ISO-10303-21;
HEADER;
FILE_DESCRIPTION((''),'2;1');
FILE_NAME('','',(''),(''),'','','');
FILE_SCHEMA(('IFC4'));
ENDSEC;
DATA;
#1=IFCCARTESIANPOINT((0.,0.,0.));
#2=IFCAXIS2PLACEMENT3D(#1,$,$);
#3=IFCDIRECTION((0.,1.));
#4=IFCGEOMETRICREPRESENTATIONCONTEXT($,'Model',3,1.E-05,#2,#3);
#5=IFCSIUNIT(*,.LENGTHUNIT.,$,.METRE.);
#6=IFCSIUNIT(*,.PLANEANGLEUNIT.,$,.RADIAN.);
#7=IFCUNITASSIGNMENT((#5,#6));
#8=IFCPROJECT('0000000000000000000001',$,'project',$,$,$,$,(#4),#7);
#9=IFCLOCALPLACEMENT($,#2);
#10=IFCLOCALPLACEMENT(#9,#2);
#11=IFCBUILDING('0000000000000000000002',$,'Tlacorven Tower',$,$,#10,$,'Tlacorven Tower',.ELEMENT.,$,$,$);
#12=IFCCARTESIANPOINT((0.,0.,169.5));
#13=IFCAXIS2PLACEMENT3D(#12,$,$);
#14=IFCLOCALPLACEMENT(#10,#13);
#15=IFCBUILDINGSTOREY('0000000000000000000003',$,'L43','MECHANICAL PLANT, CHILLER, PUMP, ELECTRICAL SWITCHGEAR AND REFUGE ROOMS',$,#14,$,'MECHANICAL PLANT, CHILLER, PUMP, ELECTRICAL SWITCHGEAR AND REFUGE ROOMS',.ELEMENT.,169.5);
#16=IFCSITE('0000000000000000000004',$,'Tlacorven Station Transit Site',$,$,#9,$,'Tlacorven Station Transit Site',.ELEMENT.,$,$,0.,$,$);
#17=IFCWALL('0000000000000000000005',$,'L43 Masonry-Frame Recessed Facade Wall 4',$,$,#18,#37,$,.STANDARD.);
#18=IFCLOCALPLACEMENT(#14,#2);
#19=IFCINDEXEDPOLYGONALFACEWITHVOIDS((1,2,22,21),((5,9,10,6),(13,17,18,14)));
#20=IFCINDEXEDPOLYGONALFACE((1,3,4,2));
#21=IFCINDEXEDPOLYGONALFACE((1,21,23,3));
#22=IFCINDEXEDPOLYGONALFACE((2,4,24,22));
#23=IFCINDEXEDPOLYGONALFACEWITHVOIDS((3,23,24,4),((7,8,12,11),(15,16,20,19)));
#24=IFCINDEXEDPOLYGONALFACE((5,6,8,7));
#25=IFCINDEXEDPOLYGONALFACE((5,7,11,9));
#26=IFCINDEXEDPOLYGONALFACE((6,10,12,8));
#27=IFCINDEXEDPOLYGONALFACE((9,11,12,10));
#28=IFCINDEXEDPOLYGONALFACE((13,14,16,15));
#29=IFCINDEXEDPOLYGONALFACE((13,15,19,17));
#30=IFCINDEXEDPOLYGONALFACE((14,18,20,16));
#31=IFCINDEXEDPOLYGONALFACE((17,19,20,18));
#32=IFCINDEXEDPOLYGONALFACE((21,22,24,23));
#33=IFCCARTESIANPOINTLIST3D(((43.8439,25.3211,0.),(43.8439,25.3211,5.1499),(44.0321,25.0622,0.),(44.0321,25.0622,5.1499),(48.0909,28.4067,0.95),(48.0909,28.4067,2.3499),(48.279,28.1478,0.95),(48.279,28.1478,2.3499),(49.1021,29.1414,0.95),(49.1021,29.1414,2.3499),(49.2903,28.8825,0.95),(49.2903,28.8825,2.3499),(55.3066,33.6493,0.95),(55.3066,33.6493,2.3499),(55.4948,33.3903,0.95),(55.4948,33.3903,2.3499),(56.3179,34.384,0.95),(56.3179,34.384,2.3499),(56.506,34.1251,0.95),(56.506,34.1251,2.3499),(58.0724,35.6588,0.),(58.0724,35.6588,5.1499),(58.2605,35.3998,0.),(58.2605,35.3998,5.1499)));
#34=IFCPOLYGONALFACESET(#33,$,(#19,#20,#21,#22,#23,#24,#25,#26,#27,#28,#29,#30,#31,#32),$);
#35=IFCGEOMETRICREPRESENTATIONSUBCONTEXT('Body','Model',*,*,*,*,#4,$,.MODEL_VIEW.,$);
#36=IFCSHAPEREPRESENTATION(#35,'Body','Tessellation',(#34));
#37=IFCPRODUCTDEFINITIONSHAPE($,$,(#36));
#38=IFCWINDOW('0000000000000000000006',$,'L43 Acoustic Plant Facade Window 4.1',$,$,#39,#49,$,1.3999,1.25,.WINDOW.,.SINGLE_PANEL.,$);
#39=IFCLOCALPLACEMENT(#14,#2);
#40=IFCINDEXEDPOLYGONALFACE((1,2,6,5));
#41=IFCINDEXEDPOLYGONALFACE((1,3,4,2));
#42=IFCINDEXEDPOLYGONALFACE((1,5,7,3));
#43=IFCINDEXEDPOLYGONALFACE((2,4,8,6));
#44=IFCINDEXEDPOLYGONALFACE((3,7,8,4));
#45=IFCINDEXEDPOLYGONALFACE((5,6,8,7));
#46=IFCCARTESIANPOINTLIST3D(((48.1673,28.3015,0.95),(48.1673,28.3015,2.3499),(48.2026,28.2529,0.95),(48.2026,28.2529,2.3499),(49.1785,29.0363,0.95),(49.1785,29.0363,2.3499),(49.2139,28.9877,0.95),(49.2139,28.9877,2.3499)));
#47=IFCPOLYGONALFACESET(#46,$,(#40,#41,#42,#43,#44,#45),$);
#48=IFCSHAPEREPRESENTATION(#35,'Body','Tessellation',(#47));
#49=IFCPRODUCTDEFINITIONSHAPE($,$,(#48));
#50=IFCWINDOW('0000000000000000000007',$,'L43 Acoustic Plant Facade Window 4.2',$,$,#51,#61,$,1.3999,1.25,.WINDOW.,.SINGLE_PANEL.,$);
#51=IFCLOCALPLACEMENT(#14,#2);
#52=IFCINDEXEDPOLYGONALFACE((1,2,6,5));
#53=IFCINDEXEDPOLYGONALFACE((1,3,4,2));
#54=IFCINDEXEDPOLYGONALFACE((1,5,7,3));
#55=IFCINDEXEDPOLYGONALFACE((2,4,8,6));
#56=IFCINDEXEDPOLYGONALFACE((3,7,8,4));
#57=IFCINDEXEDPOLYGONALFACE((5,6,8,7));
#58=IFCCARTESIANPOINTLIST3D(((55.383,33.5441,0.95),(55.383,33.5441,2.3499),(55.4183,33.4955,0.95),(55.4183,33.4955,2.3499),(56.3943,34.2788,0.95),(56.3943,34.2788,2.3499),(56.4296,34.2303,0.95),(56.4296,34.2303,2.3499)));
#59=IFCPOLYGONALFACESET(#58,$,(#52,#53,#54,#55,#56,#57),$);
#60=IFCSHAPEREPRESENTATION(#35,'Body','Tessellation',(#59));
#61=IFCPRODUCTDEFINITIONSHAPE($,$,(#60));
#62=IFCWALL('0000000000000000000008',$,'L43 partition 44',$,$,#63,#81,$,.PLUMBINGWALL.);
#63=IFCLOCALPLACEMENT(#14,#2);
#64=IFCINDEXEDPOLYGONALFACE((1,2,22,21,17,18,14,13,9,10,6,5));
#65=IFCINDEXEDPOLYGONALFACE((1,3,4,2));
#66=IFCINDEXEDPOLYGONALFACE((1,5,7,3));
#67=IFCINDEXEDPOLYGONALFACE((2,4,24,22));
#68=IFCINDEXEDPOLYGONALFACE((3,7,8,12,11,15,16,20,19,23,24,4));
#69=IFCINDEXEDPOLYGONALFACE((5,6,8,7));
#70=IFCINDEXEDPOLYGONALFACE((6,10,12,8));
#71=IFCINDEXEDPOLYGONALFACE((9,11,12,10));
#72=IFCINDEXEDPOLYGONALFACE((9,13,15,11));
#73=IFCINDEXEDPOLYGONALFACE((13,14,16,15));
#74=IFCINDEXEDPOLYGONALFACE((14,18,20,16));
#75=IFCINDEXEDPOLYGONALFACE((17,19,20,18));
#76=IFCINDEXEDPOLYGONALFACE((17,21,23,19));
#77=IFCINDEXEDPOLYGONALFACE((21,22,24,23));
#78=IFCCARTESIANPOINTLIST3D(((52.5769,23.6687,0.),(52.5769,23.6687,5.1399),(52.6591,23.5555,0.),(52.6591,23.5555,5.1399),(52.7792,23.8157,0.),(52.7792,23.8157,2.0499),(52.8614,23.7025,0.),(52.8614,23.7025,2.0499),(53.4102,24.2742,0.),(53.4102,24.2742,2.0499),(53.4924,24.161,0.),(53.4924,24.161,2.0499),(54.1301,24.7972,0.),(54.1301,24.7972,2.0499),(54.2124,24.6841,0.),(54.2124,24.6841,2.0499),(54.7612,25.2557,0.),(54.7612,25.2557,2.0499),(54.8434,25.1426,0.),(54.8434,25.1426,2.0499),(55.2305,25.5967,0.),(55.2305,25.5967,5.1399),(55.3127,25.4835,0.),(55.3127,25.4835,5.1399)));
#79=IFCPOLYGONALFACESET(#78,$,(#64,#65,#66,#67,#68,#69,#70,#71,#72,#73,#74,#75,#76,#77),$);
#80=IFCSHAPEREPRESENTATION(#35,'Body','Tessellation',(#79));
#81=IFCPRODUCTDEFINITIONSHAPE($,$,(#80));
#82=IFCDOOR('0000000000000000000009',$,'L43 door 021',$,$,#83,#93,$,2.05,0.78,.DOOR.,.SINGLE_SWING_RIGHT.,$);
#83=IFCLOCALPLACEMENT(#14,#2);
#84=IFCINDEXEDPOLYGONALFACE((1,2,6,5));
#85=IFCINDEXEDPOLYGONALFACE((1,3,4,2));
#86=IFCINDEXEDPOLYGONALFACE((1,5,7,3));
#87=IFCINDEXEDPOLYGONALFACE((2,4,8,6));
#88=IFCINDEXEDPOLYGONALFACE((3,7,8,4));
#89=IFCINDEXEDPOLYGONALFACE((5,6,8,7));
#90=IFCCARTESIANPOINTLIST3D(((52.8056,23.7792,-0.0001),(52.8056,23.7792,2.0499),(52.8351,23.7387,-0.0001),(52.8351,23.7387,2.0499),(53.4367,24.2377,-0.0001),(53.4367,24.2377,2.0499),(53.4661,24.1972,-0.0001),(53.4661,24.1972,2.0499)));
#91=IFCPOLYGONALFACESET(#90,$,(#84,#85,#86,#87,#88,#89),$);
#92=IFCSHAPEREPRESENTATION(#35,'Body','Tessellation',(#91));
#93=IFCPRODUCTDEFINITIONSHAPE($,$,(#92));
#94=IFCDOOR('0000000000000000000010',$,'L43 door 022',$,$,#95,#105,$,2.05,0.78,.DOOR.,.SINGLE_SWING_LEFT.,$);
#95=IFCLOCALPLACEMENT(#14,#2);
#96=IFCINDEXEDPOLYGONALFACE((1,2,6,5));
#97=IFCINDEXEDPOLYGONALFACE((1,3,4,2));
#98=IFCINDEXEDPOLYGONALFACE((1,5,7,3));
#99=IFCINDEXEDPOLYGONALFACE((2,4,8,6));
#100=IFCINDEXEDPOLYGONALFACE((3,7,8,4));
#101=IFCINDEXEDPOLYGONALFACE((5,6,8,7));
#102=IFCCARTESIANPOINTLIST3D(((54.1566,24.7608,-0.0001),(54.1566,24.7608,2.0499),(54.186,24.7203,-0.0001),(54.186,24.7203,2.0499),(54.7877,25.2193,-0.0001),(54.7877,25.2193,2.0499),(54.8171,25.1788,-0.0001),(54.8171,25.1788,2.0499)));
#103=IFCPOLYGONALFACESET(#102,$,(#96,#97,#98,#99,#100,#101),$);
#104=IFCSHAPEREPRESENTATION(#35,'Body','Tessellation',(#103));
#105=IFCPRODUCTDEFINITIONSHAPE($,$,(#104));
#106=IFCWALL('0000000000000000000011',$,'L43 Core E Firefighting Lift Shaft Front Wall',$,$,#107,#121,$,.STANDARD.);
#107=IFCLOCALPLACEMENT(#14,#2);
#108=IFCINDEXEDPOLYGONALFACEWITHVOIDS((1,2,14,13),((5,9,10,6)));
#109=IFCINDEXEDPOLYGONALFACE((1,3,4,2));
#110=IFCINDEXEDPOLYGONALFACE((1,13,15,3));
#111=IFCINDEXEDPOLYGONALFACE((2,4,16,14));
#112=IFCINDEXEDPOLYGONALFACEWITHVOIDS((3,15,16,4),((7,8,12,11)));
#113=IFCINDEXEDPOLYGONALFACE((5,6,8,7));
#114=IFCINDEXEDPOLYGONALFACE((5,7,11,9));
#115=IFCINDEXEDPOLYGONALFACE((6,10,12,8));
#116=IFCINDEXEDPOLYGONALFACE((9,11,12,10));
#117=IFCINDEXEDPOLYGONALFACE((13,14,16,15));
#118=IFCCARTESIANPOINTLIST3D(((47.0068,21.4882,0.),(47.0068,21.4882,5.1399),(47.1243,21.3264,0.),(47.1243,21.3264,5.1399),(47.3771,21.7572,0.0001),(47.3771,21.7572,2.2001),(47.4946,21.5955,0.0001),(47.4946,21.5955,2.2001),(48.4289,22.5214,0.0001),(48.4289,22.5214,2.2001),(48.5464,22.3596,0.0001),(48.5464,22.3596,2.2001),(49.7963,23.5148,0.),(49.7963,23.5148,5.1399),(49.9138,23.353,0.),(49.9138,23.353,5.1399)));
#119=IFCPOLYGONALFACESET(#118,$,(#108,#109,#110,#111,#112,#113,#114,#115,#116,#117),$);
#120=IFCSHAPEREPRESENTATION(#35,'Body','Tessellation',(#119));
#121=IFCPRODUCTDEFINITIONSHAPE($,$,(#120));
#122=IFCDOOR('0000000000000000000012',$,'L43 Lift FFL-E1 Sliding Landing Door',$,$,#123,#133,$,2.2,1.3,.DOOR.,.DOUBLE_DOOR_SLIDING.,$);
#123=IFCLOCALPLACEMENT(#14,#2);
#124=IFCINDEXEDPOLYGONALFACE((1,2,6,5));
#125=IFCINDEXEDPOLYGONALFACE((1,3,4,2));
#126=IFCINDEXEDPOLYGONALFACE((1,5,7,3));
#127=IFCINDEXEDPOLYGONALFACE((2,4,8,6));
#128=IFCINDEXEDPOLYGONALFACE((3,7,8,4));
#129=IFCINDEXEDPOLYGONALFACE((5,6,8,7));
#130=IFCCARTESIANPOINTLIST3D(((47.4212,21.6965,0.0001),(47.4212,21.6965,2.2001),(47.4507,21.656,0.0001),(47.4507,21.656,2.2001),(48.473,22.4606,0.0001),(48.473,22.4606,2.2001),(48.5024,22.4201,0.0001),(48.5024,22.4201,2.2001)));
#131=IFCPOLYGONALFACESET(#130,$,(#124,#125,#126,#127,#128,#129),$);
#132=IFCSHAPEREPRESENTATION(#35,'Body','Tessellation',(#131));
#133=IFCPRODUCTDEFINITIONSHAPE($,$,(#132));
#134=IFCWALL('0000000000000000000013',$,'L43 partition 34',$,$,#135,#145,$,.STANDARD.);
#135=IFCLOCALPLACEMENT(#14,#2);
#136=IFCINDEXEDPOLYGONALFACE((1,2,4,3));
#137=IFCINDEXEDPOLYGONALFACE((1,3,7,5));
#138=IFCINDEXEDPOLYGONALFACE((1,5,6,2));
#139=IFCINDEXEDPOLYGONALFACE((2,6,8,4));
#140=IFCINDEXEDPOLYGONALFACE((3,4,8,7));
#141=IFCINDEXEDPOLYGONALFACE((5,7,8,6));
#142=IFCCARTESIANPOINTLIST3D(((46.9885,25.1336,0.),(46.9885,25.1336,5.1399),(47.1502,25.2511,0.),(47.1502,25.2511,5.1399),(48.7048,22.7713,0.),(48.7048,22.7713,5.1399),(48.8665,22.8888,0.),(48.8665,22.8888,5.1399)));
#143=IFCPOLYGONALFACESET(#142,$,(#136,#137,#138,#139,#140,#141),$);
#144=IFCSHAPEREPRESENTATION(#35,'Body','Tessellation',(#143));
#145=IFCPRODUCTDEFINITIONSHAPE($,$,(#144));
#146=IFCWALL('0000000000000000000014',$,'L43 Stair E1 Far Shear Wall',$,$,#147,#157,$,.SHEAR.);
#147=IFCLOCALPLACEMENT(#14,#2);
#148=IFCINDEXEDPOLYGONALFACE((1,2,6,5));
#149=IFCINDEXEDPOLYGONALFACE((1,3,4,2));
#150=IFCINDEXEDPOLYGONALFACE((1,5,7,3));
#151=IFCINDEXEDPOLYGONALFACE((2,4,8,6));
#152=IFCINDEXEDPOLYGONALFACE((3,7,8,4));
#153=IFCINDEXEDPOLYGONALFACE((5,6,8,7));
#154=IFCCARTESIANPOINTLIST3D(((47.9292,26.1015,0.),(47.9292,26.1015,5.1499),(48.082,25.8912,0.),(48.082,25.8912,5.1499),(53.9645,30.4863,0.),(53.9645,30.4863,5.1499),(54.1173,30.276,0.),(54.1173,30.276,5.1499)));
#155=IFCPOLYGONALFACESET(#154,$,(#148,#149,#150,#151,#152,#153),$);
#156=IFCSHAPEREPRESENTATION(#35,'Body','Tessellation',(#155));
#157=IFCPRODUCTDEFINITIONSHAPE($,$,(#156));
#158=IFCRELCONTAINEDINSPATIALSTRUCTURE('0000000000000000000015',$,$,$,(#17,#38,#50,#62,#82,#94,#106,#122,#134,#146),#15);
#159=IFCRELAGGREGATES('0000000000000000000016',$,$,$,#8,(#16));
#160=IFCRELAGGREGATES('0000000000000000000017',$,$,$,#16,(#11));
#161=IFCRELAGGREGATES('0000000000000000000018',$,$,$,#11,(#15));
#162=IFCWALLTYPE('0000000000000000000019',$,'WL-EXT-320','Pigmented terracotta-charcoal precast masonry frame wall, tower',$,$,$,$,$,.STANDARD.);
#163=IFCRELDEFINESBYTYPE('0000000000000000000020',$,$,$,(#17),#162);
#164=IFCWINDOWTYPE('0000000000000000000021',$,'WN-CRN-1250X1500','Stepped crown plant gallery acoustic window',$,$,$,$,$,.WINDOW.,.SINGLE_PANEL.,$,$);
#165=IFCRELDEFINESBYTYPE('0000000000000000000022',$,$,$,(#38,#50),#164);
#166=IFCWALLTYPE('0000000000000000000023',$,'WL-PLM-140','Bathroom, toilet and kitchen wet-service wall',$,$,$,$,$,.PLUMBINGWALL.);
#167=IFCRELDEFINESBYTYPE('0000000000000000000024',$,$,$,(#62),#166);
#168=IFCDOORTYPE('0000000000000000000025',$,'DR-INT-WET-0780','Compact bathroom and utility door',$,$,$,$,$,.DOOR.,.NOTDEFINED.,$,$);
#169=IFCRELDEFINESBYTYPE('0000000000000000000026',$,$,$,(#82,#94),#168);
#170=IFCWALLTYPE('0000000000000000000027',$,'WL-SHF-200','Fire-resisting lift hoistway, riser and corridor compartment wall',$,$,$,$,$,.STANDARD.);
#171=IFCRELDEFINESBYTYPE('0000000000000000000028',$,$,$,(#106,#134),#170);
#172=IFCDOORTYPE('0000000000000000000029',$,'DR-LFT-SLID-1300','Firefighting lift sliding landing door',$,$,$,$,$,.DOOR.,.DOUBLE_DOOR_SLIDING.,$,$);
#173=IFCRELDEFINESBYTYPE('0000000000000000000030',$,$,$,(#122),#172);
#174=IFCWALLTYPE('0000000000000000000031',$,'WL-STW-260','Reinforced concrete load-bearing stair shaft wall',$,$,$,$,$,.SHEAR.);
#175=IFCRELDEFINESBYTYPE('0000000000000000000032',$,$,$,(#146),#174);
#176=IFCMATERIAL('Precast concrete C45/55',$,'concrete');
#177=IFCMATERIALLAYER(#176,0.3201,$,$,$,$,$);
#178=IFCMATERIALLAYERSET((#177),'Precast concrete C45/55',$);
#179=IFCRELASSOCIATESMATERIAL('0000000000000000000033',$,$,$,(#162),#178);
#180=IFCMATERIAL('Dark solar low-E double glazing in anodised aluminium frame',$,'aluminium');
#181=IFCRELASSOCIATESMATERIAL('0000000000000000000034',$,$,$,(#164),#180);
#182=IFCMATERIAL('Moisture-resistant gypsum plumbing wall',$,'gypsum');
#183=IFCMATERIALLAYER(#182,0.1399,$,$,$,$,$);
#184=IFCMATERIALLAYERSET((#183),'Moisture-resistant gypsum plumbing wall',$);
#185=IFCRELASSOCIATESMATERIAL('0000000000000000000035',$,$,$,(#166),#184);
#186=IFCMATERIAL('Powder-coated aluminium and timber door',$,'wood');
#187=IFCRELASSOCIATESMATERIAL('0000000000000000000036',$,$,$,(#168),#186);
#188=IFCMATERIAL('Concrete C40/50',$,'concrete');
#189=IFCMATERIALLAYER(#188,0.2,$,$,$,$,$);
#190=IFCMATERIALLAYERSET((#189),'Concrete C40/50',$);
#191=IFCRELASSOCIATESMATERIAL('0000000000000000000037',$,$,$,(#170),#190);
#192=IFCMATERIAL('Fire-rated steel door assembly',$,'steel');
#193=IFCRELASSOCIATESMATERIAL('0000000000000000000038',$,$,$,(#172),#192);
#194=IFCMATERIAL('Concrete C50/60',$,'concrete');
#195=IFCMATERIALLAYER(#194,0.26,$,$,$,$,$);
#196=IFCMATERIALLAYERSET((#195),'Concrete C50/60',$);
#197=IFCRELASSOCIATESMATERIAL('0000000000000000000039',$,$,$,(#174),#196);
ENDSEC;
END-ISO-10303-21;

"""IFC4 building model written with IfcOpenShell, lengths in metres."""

from ifc_helpers import new_model, si_unit, direction, frame, frame_2d, origin, place, context, subcontext, project, spatial, rectangle, extrude, source, transform, mapped, material, layer, layer_set, type_object, element, fill, save


model = new_model("IFC4")

# Units and contexts
model_context = context("Model", 3, precision=1e-05, world=origin(), true_north=direction((0.0, 1.0)))
body_context = subcontext(model_context, "Body", "Model", "MODEL_VIEW")
ifc_project = project(units=[si_unit("LENGTHUNIT", "METRE"), si_unit("PLANEANGLEUNIT", "RADIAN")], contexts=[model_context])

# Site, building, storey
site_placement = place(None, origin())
site = spatial("IfcSite", under=ifc_project, at=site_placement, Name="Tlacorven Station Transit Site", LongName="Tlacorven Station Transit Site", CompositionType="ELEMENT", RefElevation=0.0)
building_placement = place(site_placement, origin())
building = spatial("IfcBuilding", under=site, at=building_placement, Name="Tlacorven Tower", LongName="Tlacorven Tower", CompositionType="ELEMENT")
storey_placement = place(building_placement, frame((0.0, 0.0, 169.5)))
storey = spatial("IfcBuildingStorey", under=building, at=storey_placement, Name="L43", Description="MECHANICAL PLANT, CHILLER, PUMP, ELECTRICAL SWITCHGEAR AND REFUGE ROOMS", LongName="MECHANICAL PLANT, CHILLER, PUMP, ELECTRICAL SWITCHGEAR AND REFUGE ROOMS", CompositionType="ELEMENT", Elevation=169.5)

# Wall, openings, windows
ifc_material_1 = material(Name="Precast concrete C45/55", Category="concrete")
ifc_layer_1 = layer(ifc_material_1, 0.3201)
ifc_layer_set_1 = layer_set([ifc_layer_1], Name="Precast concrete C45/55")
wall_type_1 = type_object("IfcWallType", Name="WL-EXT-320", Description="Pigmented terracotta-charcoal precast masonry frame wall, tower", PredefinedType="STANDARD", material=ifc_layer_set_1)
wall_1_placement = place(storey_placement, frame((43.938, 25.1917, 0.0), z_axis=(0.0, 0.0, 1.0), x_axis=(0.809016, 0.587786, 0.0)))
wall_1 = element("IfcWall", 1, at=wall_1_placement, inside=storey, type_object=wall_type_1, Name="L43 Masonry-Frame Recessed Facade Wall 4", PredefinedType="STANDARD", context=body_context, shape_type="SweptSolid", body=[
    extrude(rectangle(XDim=17.5874, YDim=0.3201, at=frame_2d((8.7937, 0.0))), origin(), (0.0, 0.0, 1.0), 5.1499),
])
opening_1_placement = place(wall_1_placement, frame((5.2495, 0.0, 0.95)))
opening_1 = element("IfcOpeningElement", 2, at=opening_1_placement, cuts=wall_1, PredefinedType="OPENING", context=body_context, shape_type="SweptSolid", body=[
    extrude(rectangle(XDim=1.25, YDim=1.3999, at=frame_2d((0.625, 0.7))), frame((0.0, 0.1699, 0.0), z_axis=(0.0, -1.0, 0.0), x_axis=(1.0, 0.0, 0.0)), (0.0, 0.0, 1.0), 0.3401),
])
opening_2_placement = place(wall_1_placement, frame((14.1687, 0.0, 0.95)))
opening_2 = element("IfcOpeningElement", 3, at=opening_2_placement, cuts=wall_1, PredefinedType="OPENING", context=body_context, shape_type="SweptSolid", body=[
    extrude(rectangle(XDim=1.25, YDim=1.3999, at=frame_2d((0.625, 0.7))), frame((0.0, 0.1699, 0.0), z_axis=(0.0, -1.0, 0.0), x_axis=(1.0, 0.0, 0.0)), (0.0, 0.0, 1.0), 0.3401),
])
ifc_material_2 = material(Name="Dark solar low-E double glazing in anodised aluminium frame", Category="aluminium")
window_type = type_object("IfcWindowType", Name="WN-CRN-1250X1500", Description="Stepped crown plant gallery acoustic window", PartitioningType="SINGLE_PANEL", PredefinedType="WINDOW", material=ifc_material_2)
shared_shape_1 = source(origin(), body_context, "Body", "SweptSolid", [
    extrude(rectangle(XDim=1.25, YDim=1.3999, at=frame_2d((0.625, 0.7))), frame((0.0, 0.03, 0.0), z_axis=(0.0, -1.0, 0.0), x_axis=(1.0, 0.0, 0.0)), (0.0, 0.0, 1.0), 0.0601),
])
window_1_placement = place(opening_1_placement, origin())
window_1 = element("IfcWindow", 4, at=window_1_placement, inside=storey, type_object=window_type, Name="L43 Acoustic Plant Facade Window 4.1", OverallHeight=1.3999, OverallWidth=1.25, PartitioningType="SINGLE_PANEL", PredefinedType="WINDOW", context=body_context, shape_type="MappedRepresentation", body=[
    mapped(shared_shape_1, transform((0.0, 0.0, 0.0), scale=1.0)),
])
fill(opening_1, window_1)
window_2_placement = place(opening_2_placement, origin())
window_2 = element("IfcWindow", 5, at=window_2_placement, inside=storey, type_object=window_type, Name="L43 Acoustic Plant Facade Window 4.2", OverallHeight=1.3999, OverallWidth=1.25, PartitioningType="SINGLE_PANEL", PredefinedType="WINDOW", context=body_context, shape_type="MappedRepresentation", body=[
    mapped(shared_shape_1, transform((0.0, 0.0, 0.0), scale=1.0)),
])
fill(opening_2, window_2)

# Wall, openings, doors
ifc_material_3 = material(Name="Moisture-resistant gypsum plumbing wall", Category="gypsum")
ifc_layer_2 = layer(ifc_material_3, 0.1399)
ifc_layer_set_2 = layer_set([ifc_layer_2], Name="Moisture-resistant gypsum plumbing wall")
wall_type_2 = type_object("IfcWallType", Name="WL-PLM-140", Description="Bathroom, toilet and kitchen wet-service wall", PredefinedType="PLUMBINGWALL", material=ifc_layer_set_2)
wall_2_placement = place(storey_placement, frame((52.6179, 23.6121, 0.0), z_axis=(0.0, 0.0, 1.0), x_axis=(0.80901, 0.587795, 0.0)))
wall_2 = element("IfcWall", 6, at=wall_2_placement, inside=storey, type_object=wall_type_2, Name="L43 partition 44", PredefinedType="PLUMBINGWALL", context=body_context, shape_type="SweptSolid", body=[
    extrude(rectangle(XDim=3.28, YDim=0.1399, at=frame_2d((1.6401, 0.0))), origin(), (0.0, 0.0, 1.0), 5.1399),
])
opening_3_placement = place(wall_2_placement, frame((0.25, 0.0, 0.0)))
opening_3 = element("IfcOpeningElement", 7, at=opening_3_placement, cuts=wall_2, PredefinedType="OPENING", context=body_context, shape_type="SweptSolid", body=[
    extrude(rectangle(XDim=0.78, YDim=2.05, at=frame_2d((0.3901, 1.0249))), frame((0.0, 0.0801, 0.0), z_axis=(0.0, -1.0, 0.0), x_axis=(1.0, 0.0, 0.0)), (0.0, 0.0, 1.0), 0.1599),
])
opening_4_placement = place(wall_2_placement, frame((1.9199, 0.0, 0.0)))
opening_4 = element("IfcOpeningElement", 8, at=opening_4_placement, cuts=wall_2, PredefinedType="OPENING", context=body_context, shape_type="SweptSolid", body=[
    extrude(rectangle(XDim=0.78, YDim=2.05, at=frame_2d((0.3901, 1.0249))), frame((0.0, 0.0801, 0.0), z_axis=(0.0, -1.0, 0.0), x_axis=(1.0, 0.0, 0.0)), (0.0, 0.0, 1.0), 0.1599),
])
ifc_material_4 = material(Name="Powder-coated aluminium and timber door", Category="wood")
door_type_1 = type_object("IfcDoorType", Name="DR-INT-WET-0780", Description="Compact bathroom and utility door", OperationType="NOTDEFINED", PredefinedType="DOOR", material=ifc_material_4)
shared_shape_2 = source(origin(), body_context, "Body", "SweptSolid", [
    extrude(rectangle(XDim=0.78, YDim=2.05, at=frame_2d((0.3901, 1.0249))), frame((0.0, 0.0249, 0.0), z_axis=(0.0, -1.0, 0.0), x_axis=(1.0, 0.0, 0.0)), (0.0, 0.0, 1.0), 0.05),
])
door_1_placement = place(opening_3_placement, origin())
door_1 = element("IfcDoor", 9, at=door_1_placement, inside=storey, type_object=door_type_1, Name="L43 door 021", OperationType="SINGLE_SWING_RIGHT", OverallHeight=2.05, OverallWidth=0.78, PredefinedType="DOOR", context=body_context, shape_type="MappedRepresentation", body=[
    mapped(shared_shape_2, transform((0.0, 0.0, 0.0), scale=1.0)),
])
fill(opening_3, door_1)
door_2_placement = place(opening_4_placement, origin())
door_2 = element("IfcDoor", 10, at=door_2_placement, inside=storey, type_object=door_type_1, Name="L43 door 022", OperationType="SINGLE_SWING_LEFT", OverallHeight=2.05, OverallWidth=0.78, PredefinedType="DOOR", context=body_context, shape_type="MappedRepresentation", body=[
    mapped(shared_shape_2, transform((0.0, 0.0, 0.0), scale=1.0)),
])
fill(opening_4, door_2)

# Wall, opening, door
ifc_material_5 = material(Name="Concrete C40/50", Category="concrete")
ifc_layer_3 = layer(ifc_material_5, 0.2)
ifc_layer_set_3 = layer_set([ifc_layer_3], Name="Concrete C40/50")
wall_type_3 = type_object("IfcWallType", Name="WL-SHF-200", Description="Fire-resisting lift hoistway, riser and corridor compartment wall", PredefinedType="STANDARD", material=ifc_layer_set_3)
wall_3_placement = place(storey_placement, frame((47.0654, 21.4072, 0.0), z_axis=(0.0, 0.0, 1.0), x_axis=(0.809033, 0.587763, 0.0)))
wall_3 = element("IfcWall", 11, at=wall_3_placement, inside=storey, type_object=wall_type_3, Name="L43 Core E Firefighting Lift Shaft Front Wall", PredefinedType="STANDARD", context=body_context, shape_type="SweptSolid", body=[
    extrude(rectangle(XDim=3.448, YDim=0.2, at=frame_2d((1.7241, 0.0))), origin(), (0.0, 0.0, 1.0), 5.1399),
])
opening_5_placement = place(wall_3_placement, frame((0.458, 0.0, 0.0)))
opening_5 = element("IfcOpeningElement", 12, at=opening_5_placement, cuts=wall_3, PredefinedType="OPENING", context=body_context, shape_type="SweptSolid", body=[
    extrude(rectangle(XDim=1.3, YDim=2.2, at=frame_2d((0.6499, 1.1001))), frame((0.0, 0.1099, 0.0), z_axis=(0.0, -1.0, 0.0), x_axis=(1.0, 0.0, 0.0)), (0.0, 0.0, 1.0), 0.22),
])
ifc_material_6 = material(Name="Fire-rated steel door assembly", Category="steel")
door_type_2 = type_object("IfcDoorType", Name="DR-LFT-SLID-1300", Description="Firefighting lift sliding landing door", OperationType="DOUBLE_DOOR_SLIDING", PredefinedType="DOOR", material=ifc_material_6)
shared_shape_3 = source(origin(), body_context, "Body", "SweptSolid", [
    extrude(rectangle(XDim=1.3, YDim=2.2, at=frame_2d((0.6499, 1.1001))), frame((0.0, 0.0249, 0.0), z_axis=(0.0, -1.0, 0.0), x_axis=(1.0, 0.0, 0.0)), (0.0, 0.0, 1.0), 0.05),
])
door_3_placement = place(opening_5_placement, origin())
door_3 = element("IfcDoor", 13, at=door_3_placement, inside=storey, type_object=door_type_2, Name="L43 Lift FFL-E1 Sliding Landing Door", OperationType="DOUBLE_DOOR_SLIDING", OverallHeight=2.2, OverallWidth=1.3, PredefinedType="DOOR", context=body_context, shape_type="MappedRepresentation", body=[
    mapped(shared_shape_3, transform((0.0, 0.0, 0.0), scale=1.0)),
])
fill(opening_5, door_3)

# Walls
wall_4_placement = place(storey_placement, frame((48.7856, 22.8301, 0.0), z_axis=(0.0, 0.0, 1.0), x_axis=(-0.587784, 0.809018, 0.0)))
element("IfcWall", 14, at=wall_4_placement, inside=storey, type_object=wall_type_3, Name="L43 partition 34", PredefinedType="STANDARD", context=body_context, shape_type="SweptSolid", body=[
    extrude(rectangle(XDim=2.9199, YDim=0.2, at=frame_2d((1.46, 0.0))), origin(), (0.0, 0.0, 1.0), 5.1399),
])
ifc_material_7 = material(Name="Concrete C50/60", Category="concrete")
ifc_layer_4 = layer(ifc_material_7, 0.26)
ifc_layer_set_4 = layer_set([ifc_layer_4], Name="Concrete C50/60")
wall_type_4 = type_object("IfcWallType", Name="WL-STW-260", Description="Reinforced concrete load-bearing stair shaft wall", PredefinedType="SHEAR", material=ifc_layer_set_4)
wall_5_placement = place(storey_placement, frame((48.0056, 25.9963, 0.0), z_axis=(0.0, 0.0, 1.0), x_axis=(0.809019, 0.587782, 0.0)))
element("IfcWall", 15, at=wall_5_placement, inside=storey, type_object=wall_type_4, Name="L43 Stair E1 Far Shear Wall", PredefinedType="SHEAR", context=body_context, shape_type="SweptSolid", body=[
    extrude(rectangle(XDim=7.46, YDim=0.26, at=frame_2d((3.73, 0.0))), origin(), (0.0, 0.0, 1.0), 5.1499),
])

save(model, "model.ifc")
